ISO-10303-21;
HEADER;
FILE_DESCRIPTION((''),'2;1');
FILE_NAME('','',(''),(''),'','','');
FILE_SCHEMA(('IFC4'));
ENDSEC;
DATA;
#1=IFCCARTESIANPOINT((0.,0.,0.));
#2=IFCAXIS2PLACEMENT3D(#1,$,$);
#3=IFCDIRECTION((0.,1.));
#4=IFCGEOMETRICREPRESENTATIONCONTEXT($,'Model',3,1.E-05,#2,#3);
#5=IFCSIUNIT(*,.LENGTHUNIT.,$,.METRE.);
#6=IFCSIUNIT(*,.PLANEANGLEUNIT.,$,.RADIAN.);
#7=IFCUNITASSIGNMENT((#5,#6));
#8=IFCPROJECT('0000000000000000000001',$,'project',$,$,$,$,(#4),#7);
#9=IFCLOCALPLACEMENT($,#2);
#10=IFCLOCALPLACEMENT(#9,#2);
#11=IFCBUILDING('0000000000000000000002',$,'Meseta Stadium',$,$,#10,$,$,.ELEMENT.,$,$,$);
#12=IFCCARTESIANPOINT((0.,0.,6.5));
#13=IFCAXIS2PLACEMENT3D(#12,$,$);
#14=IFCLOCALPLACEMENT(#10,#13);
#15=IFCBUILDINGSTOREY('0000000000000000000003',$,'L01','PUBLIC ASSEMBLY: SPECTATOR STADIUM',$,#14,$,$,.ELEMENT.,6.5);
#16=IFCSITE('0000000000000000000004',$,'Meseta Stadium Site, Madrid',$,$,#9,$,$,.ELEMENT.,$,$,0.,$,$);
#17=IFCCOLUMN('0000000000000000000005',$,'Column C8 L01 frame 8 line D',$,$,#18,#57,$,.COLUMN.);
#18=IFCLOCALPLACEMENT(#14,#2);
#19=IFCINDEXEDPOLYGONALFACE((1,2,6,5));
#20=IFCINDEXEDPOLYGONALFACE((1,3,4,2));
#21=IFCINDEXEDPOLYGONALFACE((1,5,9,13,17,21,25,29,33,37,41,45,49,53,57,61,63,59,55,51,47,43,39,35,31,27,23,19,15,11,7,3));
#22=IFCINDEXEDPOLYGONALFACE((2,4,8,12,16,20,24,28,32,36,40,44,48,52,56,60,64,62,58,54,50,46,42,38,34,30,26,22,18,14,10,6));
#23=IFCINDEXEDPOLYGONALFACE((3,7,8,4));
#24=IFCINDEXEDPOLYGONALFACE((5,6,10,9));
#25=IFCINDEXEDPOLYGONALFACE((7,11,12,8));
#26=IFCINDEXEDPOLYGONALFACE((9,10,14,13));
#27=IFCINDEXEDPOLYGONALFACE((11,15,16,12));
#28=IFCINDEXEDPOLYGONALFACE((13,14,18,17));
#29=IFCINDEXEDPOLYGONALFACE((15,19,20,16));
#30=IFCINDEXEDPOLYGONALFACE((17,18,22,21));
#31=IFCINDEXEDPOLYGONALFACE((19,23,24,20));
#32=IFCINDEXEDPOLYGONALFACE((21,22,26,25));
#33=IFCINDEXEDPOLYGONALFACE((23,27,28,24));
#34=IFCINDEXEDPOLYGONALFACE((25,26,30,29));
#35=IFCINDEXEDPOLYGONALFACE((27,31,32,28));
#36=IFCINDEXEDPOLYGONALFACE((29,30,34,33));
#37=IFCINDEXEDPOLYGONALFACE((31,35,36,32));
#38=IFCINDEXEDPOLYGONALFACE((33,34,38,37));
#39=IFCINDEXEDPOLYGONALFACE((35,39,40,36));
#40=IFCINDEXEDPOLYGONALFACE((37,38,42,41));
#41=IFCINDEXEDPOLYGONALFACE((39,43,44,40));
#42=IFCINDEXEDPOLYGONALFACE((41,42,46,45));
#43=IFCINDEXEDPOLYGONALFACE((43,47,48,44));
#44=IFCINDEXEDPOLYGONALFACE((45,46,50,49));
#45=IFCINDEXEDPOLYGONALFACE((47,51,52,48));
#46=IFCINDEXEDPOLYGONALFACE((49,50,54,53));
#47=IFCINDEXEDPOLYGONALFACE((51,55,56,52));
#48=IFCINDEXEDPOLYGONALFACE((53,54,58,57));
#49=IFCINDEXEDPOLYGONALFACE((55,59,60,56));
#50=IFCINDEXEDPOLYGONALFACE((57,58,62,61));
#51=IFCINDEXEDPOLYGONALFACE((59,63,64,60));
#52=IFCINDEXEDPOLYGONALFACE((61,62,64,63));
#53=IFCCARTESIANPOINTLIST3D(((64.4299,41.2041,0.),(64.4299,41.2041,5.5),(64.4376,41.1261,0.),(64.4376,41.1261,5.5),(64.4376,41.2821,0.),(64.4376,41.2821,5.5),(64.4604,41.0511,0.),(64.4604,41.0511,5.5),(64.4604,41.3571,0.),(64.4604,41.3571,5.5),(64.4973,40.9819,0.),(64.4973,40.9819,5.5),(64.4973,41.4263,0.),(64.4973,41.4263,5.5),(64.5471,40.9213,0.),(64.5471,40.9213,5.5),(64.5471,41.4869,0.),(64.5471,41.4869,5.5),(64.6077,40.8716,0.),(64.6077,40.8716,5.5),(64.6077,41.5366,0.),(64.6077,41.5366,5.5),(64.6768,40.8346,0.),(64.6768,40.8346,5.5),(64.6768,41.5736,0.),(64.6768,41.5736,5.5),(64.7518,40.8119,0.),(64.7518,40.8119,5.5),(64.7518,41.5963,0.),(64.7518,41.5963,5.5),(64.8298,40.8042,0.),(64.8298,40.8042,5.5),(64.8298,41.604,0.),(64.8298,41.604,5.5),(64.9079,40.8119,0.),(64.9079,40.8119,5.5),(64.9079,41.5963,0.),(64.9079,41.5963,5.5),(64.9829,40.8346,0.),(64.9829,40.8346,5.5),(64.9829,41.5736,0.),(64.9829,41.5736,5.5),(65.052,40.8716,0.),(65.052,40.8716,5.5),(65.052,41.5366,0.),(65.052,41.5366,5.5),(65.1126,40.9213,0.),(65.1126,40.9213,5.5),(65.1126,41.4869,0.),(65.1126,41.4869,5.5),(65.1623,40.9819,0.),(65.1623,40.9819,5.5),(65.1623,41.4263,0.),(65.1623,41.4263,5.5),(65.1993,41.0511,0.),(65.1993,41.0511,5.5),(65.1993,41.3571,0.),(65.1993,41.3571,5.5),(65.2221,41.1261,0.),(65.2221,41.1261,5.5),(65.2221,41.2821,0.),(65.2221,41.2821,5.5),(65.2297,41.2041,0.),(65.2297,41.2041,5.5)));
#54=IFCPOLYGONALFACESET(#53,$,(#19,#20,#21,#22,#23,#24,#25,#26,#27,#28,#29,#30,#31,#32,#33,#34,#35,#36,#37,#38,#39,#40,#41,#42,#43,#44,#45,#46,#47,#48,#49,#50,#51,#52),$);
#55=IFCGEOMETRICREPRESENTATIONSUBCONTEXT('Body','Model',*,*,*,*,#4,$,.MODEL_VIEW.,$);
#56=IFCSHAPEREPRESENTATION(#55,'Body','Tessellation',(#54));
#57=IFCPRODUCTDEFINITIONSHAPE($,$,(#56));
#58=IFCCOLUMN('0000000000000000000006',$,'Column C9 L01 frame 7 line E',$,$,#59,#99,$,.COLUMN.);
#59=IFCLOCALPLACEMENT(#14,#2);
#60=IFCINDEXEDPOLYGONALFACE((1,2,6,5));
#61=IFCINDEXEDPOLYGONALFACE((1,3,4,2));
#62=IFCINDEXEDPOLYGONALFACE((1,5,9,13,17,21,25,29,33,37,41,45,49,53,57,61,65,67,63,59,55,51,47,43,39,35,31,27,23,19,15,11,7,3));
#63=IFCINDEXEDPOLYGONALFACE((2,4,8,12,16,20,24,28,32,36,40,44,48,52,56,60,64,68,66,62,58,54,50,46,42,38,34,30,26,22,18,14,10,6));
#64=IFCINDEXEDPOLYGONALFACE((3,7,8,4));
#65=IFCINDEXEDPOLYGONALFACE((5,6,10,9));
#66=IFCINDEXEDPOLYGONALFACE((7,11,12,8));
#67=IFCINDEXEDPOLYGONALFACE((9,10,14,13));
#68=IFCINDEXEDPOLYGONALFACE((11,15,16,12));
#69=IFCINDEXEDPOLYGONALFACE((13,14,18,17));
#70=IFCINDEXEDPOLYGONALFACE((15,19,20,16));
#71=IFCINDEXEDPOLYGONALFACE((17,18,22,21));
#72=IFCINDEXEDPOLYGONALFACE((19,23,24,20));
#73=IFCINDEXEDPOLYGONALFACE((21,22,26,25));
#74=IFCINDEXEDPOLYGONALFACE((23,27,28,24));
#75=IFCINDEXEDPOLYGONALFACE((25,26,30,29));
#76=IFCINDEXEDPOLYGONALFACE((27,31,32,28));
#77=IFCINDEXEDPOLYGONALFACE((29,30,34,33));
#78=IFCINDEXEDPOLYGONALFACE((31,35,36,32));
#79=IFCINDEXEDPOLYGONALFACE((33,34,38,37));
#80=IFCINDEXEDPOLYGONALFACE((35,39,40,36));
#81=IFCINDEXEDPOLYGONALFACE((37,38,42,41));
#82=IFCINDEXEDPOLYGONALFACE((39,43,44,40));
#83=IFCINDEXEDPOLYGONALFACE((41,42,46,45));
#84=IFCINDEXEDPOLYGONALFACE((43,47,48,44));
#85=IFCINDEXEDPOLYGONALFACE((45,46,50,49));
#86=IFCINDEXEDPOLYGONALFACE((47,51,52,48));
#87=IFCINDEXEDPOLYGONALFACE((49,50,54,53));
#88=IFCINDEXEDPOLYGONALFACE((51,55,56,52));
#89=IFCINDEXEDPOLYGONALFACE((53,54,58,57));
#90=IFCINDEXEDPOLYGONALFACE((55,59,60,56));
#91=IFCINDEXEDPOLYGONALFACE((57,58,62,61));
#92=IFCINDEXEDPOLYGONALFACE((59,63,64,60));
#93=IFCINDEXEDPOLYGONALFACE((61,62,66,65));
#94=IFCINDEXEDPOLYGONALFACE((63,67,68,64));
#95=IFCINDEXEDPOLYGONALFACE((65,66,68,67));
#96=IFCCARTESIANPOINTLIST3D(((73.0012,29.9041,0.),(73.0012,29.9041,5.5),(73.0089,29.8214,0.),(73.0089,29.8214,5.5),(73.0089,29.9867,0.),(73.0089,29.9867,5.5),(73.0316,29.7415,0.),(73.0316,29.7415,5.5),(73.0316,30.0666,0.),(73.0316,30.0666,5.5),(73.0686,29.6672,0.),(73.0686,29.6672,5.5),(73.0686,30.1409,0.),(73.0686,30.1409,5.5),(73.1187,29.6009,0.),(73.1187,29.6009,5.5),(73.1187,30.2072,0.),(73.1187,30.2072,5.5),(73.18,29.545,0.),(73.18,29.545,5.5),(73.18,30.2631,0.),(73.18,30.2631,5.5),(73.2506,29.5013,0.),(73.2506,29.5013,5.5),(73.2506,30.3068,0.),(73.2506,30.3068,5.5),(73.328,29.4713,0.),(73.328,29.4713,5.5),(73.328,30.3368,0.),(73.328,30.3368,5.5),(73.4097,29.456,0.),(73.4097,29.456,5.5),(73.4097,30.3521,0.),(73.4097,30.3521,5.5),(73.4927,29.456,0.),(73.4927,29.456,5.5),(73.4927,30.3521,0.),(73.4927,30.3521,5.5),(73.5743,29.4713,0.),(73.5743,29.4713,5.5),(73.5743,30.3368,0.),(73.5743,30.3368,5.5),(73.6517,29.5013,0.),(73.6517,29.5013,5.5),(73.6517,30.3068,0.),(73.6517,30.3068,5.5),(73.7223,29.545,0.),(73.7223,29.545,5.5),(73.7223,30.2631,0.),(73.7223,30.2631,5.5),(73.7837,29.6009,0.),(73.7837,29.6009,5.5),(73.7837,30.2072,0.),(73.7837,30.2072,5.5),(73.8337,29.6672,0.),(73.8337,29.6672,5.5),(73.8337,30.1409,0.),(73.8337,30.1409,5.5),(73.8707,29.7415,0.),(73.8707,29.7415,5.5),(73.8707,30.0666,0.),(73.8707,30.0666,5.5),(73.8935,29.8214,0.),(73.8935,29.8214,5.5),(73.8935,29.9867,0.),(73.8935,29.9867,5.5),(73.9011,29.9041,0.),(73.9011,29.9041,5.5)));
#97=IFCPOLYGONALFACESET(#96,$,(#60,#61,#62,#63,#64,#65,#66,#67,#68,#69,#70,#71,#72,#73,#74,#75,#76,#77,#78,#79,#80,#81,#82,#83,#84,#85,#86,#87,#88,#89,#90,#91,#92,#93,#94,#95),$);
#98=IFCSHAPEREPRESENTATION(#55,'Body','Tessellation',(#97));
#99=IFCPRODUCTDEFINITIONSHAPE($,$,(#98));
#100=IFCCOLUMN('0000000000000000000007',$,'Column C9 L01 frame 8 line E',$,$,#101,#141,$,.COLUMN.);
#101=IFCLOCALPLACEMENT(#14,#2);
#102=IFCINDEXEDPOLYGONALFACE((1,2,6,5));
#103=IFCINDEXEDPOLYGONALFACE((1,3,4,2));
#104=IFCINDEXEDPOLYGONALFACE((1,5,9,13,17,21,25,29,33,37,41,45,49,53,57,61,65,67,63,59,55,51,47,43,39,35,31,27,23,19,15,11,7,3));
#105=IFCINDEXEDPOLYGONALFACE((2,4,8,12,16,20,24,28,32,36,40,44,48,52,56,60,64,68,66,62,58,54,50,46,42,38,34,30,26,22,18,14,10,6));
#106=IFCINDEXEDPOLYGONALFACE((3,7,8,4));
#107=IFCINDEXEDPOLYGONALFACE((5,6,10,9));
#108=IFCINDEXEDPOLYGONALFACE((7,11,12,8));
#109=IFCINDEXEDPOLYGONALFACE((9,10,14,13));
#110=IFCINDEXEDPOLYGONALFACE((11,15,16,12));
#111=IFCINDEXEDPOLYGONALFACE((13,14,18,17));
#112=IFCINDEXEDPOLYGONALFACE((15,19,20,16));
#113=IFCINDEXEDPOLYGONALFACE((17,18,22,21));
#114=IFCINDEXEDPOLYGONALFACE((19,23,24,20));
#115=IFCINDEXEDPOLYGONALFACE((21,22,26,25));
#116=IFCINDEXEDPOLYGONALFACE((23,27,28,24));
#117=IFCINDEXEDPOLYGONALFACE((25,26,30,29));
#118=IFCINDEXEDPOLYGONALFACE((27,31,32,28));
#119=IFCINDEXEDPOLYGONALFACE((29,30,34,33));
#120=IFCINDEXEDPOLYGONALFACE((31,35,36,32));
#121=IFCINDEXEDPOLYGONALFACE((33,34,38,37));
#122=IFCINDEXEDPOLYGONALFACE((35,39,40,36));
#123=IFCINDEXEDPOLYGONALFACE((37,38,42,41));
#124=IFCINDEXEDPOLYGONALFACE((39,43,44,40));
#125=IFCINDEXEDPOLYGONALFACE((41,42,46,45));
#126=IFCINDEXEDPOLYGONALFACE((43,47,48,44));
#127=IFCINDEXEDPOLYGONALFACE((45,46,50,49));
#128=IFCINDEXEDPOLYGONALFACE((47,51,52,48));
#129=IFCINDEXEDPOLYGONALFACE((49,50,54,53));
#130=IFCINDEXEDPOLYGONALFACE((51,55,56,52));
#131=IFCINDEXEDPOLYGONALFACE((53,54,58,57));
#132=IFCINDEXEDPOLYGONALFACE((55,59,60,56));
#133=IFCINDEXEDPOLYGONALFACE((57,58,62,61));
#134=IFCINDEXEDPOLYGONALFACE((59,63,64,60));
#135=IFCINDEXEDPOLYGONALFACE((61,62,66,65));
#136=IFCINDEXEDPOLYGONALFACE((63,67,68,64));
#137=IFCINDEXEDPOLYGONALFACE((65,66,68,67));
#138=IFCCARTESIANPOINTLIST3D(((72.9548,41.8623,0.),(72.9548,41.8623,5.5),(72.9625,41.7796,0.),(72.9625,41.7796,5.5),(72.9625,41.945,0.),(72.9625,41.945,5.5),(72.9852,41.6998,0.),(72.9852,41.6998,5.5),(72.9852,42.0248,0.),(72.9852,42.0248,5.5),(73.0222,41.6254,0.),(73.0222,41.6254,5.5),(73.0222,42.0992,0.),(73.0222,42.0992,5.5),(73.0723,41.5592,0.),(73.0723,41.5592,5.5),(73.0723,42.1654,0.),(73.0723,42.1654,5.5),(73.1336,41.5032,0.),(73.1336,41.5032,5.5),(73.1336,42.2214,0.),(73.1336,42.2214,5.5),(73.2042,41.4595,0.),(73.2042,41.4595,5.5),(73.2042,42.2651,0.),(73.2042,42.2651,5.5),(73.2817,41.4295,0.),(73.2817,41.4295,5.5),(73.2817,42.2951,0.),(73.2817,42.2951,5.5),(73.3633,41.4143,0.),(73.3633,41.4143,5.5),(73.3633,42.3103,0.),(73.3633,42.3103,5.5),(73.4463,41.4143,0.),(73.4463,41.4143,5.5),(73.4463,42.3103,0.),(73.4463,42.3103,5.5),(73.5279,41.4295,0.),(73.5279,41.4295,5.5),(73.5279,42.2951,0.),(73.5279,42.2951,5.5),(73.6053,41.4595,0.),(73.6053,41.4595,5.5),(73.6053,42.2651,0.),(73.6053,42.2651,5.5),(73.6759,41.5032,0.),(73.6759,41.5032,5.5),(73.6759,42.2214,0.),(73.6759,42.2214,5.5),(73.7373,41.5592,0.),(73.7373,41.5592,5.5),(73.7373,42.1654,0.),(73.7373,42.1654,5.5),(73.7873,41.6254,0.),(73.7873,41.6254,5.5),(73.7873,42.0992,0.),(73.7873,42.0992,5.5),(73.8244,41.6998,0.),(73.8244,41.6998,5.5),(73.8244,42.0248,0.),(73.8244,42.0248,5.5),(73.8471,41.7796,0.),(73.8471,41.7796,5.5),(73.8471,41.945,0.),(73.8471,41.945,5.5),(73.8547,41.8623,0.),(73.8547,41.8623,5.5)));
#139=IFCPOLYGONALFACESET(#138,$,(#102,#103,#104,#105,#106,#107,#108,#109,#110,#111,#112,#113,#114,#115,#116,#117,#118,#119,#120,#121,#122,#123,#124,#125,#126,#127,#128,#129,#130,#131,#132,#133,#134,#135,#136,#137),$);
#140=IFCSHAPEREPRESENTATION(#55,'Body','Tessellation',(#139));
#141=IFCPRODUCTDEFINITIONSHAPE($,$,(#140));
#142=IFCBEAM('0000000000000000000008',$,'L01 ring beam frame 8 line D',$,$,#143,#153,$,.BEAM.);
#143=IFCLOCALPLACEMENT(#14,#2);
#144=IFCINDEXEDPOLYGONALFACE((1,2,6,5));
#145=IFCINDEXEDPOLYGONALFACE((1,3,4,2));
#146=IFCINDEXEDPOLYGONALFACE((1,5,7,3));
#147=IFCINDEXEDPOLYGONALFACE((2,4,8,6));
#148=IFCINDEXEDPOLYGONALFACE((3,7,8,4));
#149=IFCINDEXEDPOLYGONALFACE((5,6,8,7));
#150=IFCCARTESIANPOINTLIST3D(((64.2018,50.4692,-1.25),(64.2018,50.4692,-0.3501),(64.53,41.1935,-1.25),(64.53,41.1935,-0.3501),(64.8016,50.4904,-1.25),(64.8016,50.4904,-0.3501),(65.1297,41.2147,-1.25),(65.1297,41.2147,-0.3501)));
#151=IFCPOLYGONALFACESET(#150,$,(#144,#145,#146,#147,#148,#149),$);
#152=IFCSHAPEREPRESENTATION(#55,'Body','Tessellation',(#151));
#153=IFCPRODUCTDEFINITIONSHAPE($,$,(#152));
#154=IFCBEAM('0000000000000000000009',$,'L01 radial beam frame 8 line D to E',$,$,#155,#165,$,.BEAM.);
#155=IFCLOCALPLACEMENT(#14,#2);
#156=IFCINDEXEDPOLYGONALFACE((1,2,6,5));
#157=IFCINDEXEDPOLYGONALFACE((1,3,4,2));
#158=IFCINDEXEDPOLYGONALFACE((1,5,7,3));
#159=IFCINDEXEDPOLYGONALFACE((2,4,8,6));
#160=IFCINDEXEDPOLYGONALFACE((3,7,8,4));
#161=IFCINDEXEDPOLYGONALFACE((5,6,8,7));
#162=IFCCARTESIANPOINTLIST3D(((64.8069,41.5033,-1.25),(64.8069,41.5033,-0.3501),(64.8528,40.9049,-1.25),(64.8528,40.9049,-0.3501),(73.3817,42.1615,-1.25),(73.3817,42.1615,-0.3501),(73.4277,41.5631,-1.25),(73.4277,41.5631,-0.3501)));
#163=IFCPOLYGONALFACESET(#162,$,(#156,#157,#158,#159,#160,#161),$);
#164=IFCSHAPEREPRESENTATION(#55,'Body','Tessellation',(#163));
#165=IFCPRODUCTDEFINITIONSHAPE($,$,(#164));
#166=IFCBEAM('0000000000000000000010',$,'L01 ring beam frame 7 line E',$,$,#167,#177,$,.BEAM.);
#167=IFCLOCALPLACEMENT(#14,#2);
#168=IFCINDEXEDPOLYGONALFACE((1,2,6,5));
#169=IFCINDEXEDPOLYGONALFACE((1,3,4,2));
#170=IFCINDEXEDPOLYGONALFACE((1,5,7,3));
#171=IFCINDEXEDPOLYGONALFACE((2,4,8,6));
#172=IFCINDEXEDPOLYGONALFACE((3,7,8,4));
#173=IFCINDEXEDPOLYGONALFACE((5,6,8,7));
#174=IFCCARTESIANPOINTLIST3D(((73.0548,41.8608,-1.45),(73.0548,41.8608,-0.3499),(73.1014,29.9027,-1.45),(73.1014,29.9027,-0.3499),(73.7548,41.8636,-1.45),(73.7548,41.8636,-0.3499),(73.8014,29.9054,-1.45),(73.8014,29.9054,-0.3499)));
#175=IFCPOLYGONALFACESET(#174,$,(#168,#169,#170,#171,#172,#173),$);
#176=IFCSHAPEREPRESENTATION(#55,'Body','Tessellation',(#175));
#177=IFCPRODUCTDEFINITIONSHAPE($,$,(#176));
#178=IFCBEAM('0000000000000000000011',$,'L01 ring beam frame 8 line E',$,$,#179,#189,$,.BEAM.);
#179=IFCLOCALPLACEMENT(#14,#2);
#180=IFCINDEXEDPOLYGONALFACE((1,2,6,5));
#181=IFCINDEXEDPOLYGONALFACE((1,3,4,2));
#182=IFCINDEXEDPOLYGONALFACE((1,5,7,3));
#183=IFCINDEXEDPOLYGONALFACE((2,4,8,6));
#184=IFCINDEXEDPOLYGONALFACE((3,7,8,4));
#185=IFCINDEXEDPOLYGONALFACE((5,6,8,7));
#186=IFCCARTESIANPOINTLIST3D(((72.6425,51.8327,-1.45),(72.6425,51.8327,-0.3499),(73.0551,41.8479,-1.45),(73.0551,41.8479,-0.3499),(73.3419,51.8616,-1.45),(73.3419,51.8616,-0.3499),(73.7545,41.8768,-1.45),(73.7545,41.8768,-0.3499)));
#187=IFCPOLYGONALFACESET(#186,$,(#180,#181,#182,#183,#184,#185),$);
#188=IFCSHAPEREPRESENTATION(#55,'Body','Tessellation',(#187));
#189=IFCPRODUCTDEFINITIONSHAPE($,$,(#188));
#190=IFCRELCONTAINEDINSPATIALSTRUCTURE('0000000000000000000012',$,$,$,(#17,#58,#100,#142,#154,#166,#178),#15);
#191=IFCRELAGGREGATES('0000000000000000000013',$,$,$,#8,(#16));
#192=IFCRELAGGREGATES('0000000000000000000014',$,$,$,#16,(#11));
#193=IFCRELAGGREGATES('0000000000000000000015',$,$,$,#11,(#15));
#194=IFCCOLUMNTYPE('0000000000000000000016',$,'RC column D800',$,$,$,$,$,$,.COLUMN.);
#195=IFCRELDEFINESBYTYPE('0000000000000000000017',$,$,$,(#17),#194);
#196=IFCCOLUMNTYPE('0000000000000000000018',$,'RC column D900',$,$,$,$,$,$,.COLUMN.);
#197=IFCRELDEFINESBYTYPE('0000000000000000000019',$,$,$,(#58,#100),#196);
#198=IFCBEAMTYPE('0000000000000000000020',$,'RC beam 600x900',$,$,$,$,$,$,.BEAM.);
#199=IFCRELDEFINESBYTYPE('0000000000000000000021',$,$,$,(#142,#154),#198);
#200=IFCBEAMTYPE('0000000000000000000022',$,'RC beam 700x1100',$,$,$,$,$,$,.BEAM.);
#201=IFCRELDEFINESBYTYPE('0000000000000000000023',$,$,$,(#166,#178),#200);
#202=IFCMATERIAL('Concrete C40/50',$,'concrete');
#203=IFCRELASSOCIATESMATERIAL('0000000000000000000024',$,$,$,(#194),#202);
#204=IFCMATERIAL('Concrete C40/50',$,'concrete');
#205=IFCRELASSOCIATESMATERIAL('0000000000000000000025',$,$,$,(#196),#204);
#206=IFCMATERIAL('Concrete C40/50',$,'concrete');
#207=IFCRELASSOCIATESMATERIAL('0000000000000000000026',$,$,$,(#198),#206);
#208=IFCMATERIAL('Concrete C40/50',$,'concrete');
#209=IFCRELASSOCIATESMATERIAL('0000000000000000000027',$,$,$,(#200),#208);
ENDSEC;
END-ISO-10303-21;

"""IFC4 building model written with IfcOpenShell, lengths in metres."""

from ifc_helpers import new_model, si_unit, direction, frame, origin, origin_2d, place, context, subcontext, project, spatial, rectangle, circle, extrude, material, material_profile, profile_set, type_object, element, save


model = new_model("IFC4")

# Units and contexts
model_context = context("Model", 3, precision=1e-05, world=origin(), true_north=direction((0.0, 1.0)))
body_context = subcontext(model_context, "Body", "Model", "MODEL_VIEW")
ifc_project = project(units=[si_unit("LENGTHUNIT", "METRE"), si_unit("PLANEANGLEUNIT", "RADIAN")], contexts=[model_context])

# Site, building, storey
site_placement = place(None, origin())
site = spatial("IfcSite", under=ifc_project, at=site_placement, Name="Meseta Stadium Site, Madrid", CompositionType="ELEMENT", RefElevation=0.0)
building_placement = place(site_placement, origin())
building = spatial("IfcBuilding", under=site, at=building_placement, Name="Meseta Stadium", CompositionType="ELEMENT")
storey_placement = place(building_placement, frame((0.0, 0.0, 6.5)))
storey = spatial("IfcBuildingStorey", under=building, at=storey_placement, Name="L01", Description="PUBLIC ASSEMBLY: SPECTATOR STADIUM", CompositionType="ELEMENT", Elevation=6.5)

# Columns
ifc_material_1 = material(Name="Concrete C40/50", Category="concrete")
ifc_material_profile_1 = material_profile(ifc_material_1, circle(Radius=0.3999, at=origin_2d()), Name="RC D800")
ifc_profile_set_1 = profile_set([ifc_material_profile_1], Name="Concrete C40/50")
column_type_1 = type_object("IfcColumnType", Name="RC column D800", PredefinedType="COLUMN", material=ifc_profile_set_1)
column_placement = place(storey_placement, frame((64.8298, 41.2041, 0.0), z_axis=(0.0, 0.0, 1.0), x_axis=(1.0, 0.0, 0.0)))
element("IfcColumn", 1, at=column_placement, inside=storey, type_object=column_type_1, Name="Column C8 L01 frame 8 line D", PredefinedType="COLUMN", context=body_context, shape_type="SweptSolid", body=[
    extrude(circle(Radius=0.3999, at=origin_2d()), origin(), (0.0, 0.0, 1.0), 5.5),
])
ifc_material_2 = material(Name="Concrete C40/50", Category="concrete")
ifc_material_profile_2 = material_profile(ifc_material_2, circle(Radius=0.45, at=origin_2d()), Name="RC D900")
ifc_profile_set_2 = profile_set([ifc_material_profile_2], Name="Concrete C40/50")
column_type_2 = type_object("IfcColumnType", Name="RC column D900", PredefinedType="COLUMN", material=ifc_profile_set_2)
for number, where, z_axis, x_axis, name in (
    (2, (73.4512, 29.9041, 0.0), (0.0, 0.0, 1.0), (1.0, 0.0, 0.0), "Column C9 L01 frame 7 line E"),
    (3, (73.4048, 41.8623, 0.0), (0.0, 0.0, 1.0), (1.0, 0.0, 0.0), "Column C9 L01 frame 8 line E"),
):
    element("IfcColumn", number, at=place(storey_placement, frame(where, z_axis=z_axis, x_axis=x_axis)), inside=storey, type_object=column_type_2, Name=name, PredefinedType="COLUMN", context=body_context, shape_type="SweptSolid", body=[
        extrude(circle(Radius=0.45, at=origin_2d()), origin(), (0.0, 0.0, 1.0), 5.5),
    ])

# Beams
ifc_material_3 = material(Name="Concrete C40/50", Category="concrete")
ifc_material_profile_3 = material_profile(ifc_material_3, rectangle(XDim=0.6001, YDim=0.8999, at=origin_2d()), Name="RC 600x900")
ifc_profile_set_3 = profile_set([ifc_material_profile_3], Name="Concrete C40/50")
beam_type_1 = type_object("IfcBeamType", Name="RC beam 600x900", PredefinedType="BEAM", material=ifc_profile_set_3)
beam_1_placement = place(storey_placement, frame((64.8298, 41.2041, -0.8), z_axis=(-0.035353, 0.999375, 0.0), x_axis=(-0.999375, -0.035353, 0.0)))
element("IfcBeam", 4, at=beam_1_placement, inside=storey, type_object=beam_type_1, Name="L01 ring beam frame 8 line D", PredefinedType="BEAM", context=body_context, shape_type="SweptSolid", body=[
    extrude(rectangle(XDim=0.6001, YDim=0.8999, at=origin_2d()), origin(), (0.0, 0.0, 1.0), 9.2815),
])
beam_2_placement = place(storey_placement, frame((64.8298, 41.2041, -0.8), z_axis=(0.997067, 0.076534, 0.0), x_axis=(-0.076534, 0.997067, 0.0)))
element("IfcBeam", 5, at=beam_2_placement, inside=storey, type_object=beam_type_1, Name="L01 radial beam frame 8 line D to E", PredefinedType="BEAM", context=body_context, shape_type="SweptSolid", body=[
    extrude(rectangle(XDim=0.6001, YDim=0.8999, at=origin_2d()), origin(), (0.0, 0.0, 1.0), 8.6001),
])
ifc_material_4 = material(Name="Concrete C40/50", Category="concrete")
ifc_material_profile_4 = material_profile(ifc_material_4, rectangle(XDim=0.7, YDim=1.1001, at=origin_2d()), Name="RC 700x1100")
ifc_profile_set_4 = profile_set([ifc_material_profile_4], Name="Concrete C40/50")
beam_type_2 = type_object("IfcBeamType", Name="RC beam 700x1100", PredefinedType="BEAM", material=ifc_profile_set_4)
beam_3_placement = place(storey_placement, frame((73.4514, 29.9041, -0.8999), z_axis=(-0.003899, 0.999992, 0.0), x_axis=(-0.999992, -0.003899, 0.0)))
element("IfcBeam", 6, at=beam_3_placement, inside=storey, type_object=beam_type_2, Name="L01 ring beam frame 7 line E", PredefinedType="BEAM", context=body_context, shape_type="SweptSolid", body=[
    extrude(rectangle(XDim=0.7, YDim=1.1001, at=origin_2d()), origin(), (0.0, 0.0, 1.0), 11.9583),
])
beam_4_placement = place(storey_placement, frame((73.4048, 41.8623, -0.8999), z_axis=(-0.041287, 0.999147, 0.0), x_axis=(-0.999147, -0.041287, 0.0)))
element("IfcBeam", 7, at=beam_4_placement, inside=storey, type_object=beam_type_2, Name="L01 ring beam frame 8 line E", PredefinedType="BEAM", context=body_context, shape_type="SweptSolid", body=[
    extrude(rectangle(XDim=0.7, YDim=1.1001, at=origin_2d()), origin(), (0.0, 0.0, 1.0), 9.9934),
])

save(model, "model.ifc")
